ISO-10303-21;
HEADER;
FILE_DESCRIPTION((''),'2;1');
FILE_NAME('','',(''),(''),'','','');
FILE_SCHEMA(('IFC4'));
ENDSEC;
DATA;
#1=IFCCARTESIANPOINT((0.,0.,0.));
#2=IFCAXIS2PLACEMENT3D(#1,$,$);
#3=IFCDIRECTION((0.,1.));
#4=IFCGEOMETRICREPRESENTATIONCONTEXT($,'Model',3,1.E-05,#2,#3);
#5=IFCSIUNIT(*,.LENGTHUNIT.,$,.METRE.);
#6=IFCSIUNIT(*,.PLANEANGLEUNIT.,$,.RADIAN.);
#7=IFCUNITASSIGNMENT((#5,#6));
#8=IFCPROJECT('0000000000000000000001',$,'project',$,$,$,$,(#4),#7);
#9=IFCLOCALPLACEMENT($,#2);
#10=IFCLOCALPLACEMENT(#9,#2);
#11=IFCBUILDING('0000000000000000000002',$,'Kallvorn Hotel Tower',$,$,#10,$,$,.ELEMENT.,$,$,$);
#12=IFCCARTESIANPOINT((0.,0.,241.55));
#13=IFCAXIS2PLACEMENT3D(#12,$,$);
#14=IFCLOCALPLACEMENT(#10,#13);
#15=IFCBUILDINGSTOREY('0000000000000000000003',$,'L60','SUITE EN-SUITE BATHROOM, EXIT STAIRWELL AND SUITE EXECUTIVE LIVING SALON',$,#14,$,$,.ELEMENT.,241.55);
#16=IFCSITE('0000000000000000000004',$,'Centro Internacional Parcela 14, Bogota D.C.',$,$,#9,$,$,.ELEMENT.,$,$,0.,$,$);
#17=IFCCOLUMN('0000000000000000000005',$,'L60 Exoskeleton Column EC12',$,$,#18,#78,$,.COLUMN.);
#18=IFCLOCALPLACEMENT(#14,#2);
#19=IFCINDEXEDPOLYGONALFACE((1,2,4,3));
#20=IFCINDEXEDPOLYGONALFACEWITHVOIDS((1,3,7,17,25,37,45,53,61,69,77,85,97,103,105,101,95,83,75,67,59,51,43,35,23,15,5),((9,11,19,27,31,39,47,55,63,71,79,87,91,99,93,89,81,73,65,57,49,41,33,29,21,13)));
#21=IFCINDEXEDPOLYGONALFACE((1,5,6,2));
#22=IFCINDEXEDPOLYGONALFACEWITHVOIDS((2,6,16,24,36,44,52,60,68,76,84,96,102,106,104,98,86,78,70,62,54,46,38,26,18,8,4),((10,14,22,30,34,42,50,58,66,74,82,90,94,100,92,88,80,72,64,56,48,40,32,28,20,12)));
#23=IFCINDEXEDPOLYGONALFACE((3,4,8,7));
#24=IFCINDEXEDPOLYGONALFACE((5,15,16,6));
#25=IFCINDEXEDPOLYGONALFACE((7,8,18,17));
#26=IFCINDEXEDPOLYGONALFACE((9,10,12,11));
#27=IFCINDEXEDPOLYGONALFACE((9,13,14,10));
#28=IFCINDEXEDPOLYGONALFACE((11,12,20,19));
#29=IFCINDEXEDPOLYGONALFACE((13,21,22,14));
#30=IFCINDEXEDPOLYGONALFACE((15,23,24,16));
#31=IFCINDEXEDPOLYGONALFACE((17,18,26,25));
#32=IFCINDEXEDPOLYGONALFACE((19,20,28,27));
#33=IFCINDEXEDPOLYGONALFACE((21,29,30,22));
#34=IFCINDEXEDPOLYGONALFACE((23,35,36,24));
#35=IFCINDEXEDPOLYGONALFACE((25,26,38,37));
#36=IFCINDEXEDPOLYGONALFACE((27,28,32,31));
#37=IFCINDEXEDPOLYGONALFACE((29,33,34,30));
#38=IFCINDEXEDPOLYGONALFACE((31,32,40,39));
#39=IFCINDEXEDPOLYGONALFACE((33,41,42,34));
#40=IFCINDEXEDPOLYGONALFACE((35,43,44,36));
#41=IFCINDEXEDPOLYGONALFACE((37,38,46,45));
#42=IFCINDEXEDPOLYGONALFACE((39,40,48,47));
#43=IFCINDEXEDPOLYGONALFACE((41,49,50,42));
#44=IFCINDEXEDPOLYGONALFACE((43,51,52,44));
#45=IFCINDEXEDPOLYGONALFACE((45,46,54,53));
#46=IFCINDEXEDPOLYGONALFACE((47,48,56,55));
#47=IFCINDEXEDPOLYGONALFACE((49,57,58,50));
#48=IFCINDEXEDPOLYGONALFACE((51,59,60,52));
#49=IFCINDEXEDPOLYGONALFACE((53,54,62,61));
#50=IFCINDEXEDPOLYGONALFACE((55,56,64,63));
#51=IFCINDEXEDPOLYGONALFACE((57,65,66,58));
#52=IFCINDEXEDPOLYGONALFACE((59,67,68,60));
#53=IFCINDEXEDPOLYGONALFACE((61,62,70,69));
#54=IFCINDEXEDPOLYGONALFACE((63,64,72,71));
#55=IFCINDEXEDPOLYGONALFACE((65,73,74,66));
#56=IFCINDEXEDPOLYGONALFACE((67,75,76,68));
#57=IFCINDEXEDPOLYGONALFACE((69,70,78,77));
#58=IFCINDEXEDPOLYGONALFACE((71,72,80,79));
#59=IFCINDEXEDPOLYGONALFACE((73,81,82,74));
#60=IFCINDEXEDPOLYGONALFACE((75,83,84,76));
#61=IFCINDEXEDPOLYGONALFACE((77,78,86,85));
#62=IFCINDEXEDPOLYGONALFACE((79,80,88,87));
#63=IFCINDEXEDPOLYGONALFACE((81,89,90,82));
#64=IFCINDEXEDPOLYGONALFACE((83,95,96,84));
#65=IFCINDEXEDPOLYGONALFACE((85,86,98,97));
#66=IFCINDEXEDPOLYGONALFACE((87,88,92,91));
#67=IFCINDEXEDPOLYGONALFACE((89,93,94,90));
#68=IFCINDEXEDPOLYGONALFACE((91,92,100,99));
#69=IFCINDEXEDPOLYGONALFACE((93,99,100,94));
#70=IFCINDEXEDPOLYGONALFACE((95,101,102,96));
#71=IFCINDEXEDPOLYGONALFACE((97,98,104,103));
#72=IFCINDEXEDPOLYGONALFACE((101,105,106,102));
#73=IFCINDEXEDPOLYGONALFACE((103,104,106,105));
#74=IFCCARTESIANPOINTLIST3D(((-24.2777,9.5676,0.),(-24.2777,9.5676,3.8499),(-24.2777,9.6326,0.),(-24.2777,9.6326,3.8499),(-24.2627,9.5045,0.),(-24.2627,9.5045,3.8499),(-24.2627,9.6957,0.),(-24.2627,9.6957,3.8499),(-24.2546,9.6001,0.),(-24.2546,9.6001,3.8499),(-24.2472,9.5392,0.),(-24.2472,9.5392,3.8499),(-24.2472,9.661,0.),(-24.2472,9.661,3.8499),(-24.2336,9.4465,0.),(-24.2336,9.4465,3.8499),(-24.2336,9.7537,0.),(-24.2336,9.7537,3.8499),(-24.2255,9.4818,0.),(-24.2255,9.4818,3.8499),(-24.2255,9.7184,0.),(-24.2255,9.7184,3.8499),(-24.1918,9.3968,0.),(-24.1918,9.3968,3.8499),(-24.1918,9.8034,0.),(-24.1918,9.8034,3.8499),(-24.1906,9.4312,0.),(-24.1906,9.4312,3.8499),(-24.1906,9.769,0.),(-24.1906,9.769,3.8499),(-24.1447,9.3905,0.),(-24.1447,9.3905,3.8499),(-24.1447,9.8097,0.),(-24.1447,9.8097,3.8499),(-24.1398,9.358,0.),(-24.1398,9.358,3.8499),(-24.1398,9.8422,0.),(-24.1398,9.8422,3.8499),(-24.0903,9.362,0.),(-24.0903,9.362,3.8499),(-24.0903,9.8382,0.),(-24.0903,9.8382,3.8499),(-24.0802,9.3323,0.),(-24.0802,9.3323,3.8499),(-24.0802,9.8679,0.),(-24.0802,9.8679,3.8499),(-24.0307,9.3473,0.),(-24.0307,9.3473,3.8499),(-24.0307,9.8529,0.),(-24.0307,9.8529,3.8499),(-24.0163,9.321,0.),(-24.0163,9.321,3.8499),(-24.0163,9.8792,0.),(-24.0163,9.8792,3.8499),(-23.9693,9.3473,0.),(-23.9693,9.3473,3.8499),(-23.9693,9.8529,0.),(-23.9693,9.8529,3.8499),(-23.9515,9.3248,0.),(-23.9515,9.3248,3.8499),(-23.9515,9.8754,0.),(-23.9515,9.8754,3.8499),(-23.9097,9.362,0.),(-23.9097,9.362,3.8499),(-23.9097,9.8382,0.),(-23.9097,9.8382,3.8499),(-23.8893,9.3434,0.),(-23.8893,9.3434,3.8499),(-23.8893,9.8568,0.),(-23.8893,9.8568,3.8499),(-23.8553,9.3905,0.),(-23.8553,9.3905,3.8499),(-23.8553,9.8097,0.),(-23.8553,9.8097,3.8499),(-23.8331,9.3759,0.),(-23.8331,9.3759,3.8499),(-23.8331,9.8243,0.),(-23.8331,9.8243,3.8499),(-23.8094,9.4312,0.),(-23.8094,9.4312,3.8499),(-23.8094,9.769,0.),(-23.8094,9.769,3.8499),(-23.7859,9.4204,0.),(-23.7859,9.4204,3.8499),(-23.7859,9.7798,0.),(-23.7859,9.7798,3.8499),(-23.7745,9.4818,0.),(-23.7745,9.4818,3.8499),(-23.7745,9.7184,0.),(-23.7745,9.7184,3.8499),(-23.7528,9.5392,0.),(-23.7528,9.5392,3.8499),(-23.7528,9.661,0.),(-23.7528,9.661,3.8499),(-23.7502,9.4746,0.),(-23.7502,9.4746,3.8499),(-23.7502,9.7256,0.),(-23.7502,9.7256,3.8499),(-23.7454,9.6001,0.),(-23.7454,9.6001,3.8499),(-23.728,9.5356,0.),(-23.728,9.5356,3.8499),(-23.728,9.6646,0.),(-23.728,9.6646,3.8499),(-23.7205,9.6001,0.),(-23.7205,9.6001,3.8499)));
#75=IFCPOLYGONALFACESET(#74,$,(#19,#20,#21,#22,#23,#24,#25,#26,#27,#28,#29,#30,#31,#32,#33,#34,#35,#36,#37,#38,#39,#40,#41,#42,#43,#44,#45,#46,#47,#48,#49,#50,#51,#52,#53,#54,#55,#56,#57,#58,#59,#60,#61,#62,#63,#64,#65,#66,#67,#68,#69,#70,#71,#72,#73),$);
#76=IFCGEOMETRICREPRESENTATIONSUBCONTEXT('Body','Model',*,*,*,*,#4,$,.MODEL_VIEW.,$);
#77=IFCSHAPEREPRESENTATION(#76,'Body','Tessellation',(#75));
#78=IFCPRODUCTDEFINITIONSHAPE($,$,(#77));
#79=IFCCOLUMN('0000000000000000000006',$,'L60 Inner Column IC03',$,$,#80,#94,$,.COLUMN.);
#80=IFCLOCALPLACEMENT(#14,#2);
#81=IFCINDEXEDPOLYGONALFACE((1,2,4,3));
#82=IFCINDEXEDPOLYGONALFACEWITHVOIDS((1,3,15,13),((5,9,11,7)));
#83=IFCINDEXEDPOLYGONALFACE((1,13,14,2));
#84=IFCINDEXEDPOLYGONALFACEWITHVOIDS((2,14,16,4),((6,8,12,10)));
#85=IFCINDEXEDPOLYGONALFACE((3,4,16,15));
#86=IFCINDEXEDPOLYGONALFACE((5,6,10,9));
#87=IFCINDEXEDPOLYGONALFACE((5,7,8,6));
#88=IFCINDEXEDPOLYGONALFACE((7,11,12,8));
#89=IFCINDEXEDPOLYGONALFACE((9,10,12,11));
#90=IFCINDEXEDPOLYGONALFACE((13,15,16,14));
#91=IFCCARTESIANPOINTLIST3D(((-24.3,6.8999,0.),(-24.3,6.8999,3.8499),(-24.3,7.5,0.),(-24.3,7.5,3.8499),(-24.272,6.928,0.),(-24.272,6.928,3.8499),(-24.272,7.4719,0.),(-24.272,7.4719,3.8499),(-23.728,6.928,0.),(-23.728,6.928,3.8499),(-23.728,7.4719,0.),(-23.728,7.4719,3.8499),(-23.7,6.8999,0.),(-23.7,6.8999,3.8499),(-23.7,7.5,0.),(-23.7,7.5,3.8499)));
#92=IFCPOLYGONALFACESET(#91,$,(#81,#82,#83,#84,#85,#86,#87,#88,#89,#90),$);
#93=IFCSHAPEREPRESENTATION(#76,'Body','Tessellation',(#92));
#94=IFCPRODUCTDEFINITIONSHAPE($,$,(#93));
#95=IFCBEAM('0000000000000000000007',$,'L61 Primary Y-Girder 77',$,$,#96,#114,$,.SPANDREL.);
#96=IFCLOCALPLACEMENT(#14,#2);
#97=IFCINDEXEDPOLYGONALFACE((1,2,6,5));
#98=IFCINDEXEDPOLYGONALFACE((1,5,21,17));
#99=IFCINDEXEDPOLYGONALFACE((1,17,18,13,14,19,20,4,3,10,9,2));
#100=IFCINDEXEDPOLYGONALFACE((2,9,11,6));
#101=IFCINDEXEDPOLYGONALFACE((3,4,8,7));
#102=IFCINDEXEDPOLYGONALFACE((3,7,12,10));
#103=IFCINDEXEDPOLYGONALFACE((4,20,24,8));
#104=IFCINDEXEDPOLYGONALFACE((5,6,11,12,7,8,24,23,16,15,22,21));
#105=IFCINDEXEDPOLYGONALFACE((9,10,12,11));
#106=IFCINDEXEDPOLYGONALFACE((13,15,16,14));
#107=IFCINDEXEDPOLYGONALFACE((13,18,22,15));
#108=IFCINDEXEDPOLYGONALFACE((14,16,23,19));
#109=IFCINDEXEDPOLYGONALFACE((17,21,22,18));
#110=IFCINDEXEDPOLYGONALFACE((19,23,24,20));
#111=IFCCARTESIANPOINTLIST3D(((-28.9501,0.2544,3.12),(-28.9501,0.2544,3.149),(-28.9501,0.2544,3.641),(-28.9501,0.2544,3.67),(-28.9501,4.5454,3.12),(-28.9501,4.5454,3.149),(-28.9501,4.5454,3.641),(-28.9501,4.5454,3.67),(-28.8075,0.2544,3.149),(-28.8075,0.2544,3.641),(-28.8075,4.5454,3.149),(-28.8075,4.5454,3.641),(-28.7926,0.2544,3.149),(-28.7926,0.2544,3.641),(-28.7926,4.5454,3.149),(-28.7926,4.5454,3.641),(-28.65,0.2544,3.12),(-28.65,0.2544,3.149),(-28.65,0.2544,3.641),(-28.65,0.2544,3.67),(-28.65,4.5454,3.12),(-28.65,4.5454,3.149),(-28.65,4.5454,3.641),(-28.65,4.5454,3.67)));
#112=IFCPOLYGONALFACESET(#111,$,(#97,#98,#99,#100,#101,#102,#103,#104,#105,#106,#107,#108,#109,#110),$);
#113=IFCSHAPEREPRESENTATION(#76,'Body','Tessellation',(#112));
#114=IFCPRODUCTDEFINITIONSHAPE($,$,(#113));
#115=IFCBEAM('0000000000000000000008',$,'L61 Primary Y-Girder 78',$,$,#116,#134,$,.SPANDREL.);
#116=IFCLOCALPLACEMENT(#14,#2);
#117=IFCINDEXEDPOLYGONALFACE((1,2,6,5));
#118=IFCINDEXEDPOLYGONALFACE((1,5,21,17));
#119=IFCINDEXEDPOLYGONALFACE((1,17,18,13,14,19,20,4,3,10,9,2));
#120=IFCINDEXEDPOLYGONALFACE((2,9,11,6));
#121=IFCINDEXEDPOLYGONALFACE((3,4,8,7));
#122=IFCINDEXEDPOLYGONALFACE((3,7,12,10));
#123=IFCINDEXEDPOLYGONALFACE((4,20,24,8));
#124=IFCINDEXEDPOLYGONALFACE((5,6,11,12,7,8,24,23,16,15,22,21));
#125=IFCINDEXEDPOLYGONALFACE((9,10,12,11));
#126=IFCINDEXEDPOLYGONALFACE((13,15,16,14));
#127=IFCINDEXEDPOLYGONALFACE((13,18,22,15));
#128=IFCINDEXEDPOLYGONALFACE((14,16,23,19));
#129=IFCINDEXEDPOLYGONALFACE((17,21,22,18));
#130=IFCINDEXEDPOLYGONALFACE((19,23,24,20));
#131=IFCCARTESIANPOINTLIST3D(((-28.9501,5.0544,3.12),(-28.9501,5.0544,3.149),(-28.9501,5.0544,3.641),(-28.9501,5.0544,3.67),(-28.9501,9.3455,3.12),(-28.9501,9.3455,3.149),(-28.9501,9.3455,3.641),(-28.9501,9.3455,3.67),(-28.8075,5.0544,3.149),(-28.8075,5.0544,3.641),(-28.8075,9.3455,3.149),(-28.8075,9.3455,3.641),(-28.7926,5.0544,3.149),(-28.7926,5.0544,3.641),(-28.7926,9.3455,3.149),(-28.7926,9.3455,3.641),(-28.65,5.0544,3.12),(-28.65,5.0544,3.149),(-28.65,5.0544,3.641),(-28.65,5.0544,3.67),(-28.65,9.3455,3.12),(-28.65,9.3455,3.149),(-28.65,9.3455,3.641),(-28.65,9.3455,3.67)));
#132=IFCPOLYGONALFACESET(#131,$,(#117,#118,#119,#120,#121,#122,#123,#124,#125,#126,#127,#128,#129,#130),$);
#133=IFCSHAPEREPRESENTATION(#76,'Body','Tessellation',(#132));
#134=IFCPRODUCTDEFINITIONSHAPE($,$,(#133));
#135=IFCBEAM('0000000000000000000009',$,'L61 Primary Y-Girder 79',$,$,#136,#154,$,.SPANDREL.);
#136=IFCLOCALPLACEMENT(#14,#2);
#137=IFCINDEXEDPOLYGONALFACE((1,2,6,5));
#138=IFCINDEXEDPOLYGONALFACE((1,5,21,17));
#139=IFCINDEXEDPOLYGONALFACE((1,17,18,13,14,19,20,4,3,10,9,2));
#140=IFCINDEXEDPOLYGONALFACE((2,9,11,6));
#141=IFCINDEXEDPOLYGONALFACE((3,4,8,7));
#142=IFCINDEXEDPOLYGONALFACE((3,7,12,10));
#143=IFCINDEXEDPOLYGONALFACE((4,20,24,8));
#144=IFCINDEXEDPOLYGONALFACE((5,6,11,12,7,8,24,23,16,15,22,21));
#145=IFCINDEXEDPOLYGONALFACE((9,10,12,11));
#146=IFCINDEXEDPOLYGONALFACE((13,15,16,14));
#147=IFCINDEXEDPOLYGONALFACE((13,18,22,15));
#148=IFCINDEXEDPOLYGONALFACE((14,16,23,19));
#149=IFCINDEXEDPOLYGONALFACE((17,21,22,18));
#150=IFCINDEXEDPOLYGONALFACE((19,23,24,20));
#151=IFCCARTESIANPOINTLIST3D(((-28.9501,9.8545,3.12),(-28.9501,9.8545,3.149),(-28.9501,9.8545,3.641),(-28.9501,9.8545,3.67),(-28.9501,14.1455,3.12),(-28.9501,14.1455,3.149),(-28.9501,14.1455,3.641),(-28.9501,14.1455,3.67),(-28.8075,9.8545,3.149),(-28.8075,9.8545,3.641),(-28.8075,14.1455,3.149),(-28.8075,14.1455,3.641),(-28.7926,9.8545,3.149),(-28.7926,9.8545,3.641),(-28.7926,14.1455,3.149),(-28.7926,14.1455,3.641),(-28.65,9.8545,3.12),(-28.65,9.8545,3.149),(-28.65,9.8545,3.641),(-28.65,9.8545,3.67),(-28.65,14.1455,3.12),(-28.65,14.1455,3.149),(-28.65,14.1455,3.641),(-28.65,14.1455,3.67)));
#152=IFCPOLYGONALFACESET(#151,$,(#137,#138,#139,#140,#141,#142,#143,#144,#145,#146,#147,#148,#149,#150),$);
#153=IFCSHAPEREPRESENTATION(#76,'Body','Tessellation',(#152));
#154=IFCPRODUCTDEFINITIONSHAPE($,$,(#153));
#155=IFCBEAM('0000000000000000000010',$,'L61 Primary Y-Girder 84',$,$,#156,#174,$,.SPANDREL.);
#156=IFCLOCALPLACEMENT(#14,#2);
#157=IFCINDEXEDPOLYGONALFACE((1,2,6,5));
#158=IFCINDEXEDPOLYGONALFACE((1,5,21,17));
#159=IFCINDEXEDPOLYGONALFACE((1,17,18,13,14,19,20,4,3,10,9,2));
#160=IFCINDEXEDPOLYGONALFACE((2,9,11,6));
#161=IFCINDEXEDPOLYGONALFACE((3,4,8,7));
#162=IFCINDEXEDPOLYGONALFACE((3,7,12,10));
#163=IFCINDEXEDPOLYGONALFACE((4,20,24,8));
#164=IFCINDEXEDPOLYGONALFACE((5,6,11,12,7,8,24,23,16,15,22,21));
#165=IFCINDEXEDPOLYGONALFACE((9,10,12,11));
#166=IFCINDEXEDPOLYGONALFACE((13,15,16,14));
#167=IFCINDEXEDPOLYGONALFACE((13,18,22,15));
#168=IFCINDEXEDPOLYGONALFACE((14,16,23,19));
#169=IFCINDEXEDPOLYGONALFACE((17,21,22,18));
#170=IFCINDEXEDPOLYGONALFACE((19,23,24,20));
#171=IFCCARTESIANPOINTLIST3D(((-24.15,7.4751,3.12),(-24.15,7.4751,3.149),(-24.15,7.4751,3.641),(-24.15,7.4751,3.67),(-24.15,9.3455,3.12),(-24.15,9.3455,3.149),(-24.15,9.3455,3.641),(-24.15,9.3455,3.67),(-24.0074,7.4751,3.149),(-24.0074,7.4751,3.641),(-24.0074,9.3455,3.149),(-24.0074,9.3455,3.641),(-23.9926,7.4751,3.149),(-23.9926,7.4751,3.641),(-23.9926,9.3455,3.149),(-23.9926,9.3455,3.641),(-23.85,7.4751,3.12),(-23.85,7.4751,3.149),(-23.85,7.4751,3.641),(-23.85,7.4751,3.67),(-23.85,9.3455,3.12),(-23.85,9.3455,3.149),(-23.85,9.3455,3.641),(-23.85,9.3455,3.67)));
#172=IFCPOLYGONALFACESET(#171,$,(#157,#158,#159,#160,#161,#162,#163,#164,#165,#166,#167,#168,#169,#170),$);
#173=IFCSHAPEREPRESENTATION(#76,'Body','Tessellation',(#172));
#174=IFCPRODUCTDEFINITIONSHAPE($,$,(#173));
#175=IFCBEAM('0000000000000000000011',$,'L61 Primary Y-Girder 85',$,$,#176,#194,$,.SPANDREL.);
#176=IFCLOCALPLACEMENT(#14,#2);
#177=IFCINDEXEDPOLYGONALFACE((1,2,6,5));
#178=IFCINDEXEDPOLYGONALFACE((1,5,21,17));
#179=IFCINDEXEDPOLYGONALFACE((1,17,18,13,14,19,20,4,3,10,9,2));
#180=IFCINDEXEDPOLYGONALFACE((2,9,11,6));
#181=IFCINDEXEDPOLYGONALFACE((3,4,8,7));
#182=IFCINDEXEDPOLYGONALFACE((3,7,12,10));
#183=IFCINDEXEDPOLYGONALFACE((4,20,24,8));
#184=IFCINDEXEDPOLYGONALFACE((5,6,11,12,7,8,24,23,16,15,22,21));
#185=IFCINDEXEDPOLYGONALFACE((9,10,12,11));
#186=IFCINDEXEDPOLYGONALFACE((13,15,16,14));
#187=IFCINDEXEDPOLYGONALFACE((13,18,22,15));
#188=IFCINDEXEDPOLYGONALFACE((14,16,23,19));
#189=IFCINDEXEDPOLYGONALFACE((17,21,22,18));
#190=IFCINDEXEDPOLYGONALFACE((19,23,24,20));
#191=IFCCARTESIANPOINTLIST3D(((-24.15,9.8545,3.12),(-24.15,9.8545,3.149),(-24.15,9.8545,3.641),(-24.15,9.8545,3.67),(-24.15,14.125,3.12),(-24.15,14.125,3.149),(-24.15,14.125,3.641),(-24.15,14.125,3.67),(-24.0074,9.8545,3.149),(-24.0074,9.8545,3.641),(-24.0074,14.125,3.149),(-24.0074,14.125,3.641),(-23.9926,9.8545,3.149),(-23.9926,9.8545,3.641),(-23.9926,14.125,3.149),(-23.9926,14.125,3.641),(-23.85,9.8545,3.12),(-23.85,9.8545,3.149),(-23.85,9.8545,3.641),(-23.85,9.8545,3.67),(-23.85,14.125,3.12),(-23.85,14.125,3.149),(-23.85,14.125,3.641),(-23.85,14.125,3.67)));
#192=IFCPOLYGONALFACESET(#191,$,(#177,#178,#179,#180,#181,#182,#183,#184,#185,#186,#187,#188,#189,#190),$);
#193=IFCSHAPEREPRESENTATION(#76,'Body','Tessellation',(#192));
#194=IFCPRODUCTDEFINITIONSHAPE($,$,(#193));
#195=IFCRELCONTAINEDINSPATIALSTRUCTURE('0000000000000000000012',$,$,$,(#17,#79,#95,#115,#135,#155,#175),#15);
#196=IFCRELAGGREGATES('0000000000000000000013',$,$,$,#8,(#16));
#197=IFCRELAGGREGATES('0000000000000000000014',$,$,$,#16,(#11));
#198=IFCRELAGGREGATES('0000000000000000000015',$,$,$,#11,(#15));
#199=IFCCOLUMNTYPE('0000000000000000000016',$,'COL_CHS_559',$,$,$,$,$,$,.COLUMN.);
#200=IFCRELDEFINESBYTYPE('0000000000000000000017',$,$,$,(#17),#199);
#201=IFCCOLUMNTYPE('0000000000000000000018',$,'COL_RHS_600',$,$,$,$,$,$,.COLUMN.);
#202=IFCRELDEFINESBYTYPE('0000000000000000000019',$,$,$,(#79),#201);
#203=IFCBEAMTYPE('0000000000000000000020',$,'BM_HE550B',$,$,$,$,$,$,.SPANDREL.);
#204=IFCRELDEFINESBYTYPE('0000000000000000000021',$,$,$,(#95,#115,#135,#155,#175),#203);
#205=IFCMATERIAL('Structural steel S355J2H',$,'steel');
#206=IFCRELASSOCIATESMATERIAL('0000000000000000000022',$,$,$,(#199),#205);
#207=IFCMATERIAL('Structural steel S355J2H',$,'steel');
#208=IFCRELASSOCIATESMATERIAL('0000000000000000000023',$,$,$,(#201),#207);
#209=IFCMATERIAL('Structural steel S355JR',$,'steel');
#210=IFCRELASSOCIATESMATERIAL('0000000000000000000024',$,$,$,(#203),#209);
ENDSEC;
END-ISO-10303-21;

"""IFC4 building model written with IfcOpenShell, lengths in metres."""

from ifc_helpers import new_model, si_unit, direction, frame, origin, origin_2d, place, context, subcontext, project, spatial, hollow_rectangle, hollow_circle, i_section, extrude, material, material_profile, profile_set, type_object, element, save


model = new_model("IFC4")

# Units and contexts
model_context = context("Model", 3, precision=1e-05, world=origin(), true_north=direction((0.0, 1.0)))
body_context = subcontext(model_context, "Body", "Model", "MODEL_VIEW")
ifc_project = project(units=[si_unit("LENGTHUNIT", "METRE"), si_unit("PLANEANGLEUNIT", "RADIAN")], contexts=[model_context])

# Site, building, storey
site_placement = place(None, origin())
site = spatial("IfcSite", under=ifc_project, at=site_placement, Name="Centro Internacional Parcela 14, Bogota D.C.", CompositionType="ELEMENT", RefElevation=0.0)
building_placement = place(site_placement, origin())
building = spatial("IfcBuilding", under=site, at=building_placement, Name="Kallvorn Hotel Tower", CompositionType="ELEMENT")
storey_placement = place(building_placement, frame((0.0, 0.0, 241.55)))
storey = spatial("IfcBuildingStorey", under=building, at=storey_placement, Name="L60", Description="SUITE EN-SUITE BATHROOM, EXIT STAIRWELL AND SUITE EXECUTIVE LIVING SALON", CompositionType="ELEMENT", Elevation=241.55)

# Columns
ifc_material_1 = material(Name="Structural steel S355J2H", Category="steel")
ifc_material_profile_1 = material_profile(ifc_material_1, hollow_circle(Radius=0.2795, WallThickness=0.0249, at=origin_2d()), Name="CHS 559x25")
ifc_profile_set_1 = profile_set([ifc_material_profile_1], Name="Structural steel S355J2H")
column_type_1 = type_object("IfcColumnType", Name="COL_CHS_559", PredefinedType="COLUMN", material=ifc_profile_set_1)
for number, where, z_axis, x_axis, name in (
    (1, (-24.0, 9.6001, 0.0), (0.0, 0.0, 1.0), (1.0, 0.0, 0.0), "L60 Exoskeleton Column EC12"),
):
    element("IfcColumn", number, at=place(storey_placement, frame(where, z_axis=z_axis, x_axis=x_axis)), inside=storey, type_object=column_type_1, Name=name, PredefinedType="COLUMN", context=body_context, shape_type="SweptSolid", body=[
        extrude(hollow_circle(Radius=0.2795, WallThickness=0.0249, at=origin_2d()), origin(), (0.0, 0.0, 1.0), 3.8499),
    ])
ifc_material_2 = material(Name="Structural steel S355J2H", Category="steel")
ifc_material_profile_2 = material_profile(ifc_material_2, hollow_rectangle(XDim=0.6001, YDim=0.6001, WallThickness=0.0281, at=origin_2d()), Name="RHS 600x600x28")
ifc_profile_set_2 = profile_set([ifc_material_profile_2], Name="Structural steel S355J2H")
column_type_2 = type_object("IfcColumnType", Name="COL_RHS_600", PredefinedType="COLUMN", material=ifc_profile_set_2)
column_placement = place(storey_placement, frame((-24.0, 7.2, 0.0), z_axis=(0.0, 0.0, 1.0), x_axis=(1.0, 0.0, 0.0)))
element("IfcColumn", 2, at=column_placement, inside=storey, type_object=column_type_2, Name="L60 Inner Column IC03", PredefinedType="COLUMN", context=body_context, shape_type="SweptSolid", body=[
    extrude(hollow_rectangle(XDim=0.6001, YDim=0.6001, WallThickness=0.0281, at=origin_2d()), origin(), (0.0, 0.0, 1.0), 3.8499),
])

# Beams
ifc_material_3 = material(Name="Structural steel S355JR", Category="steel")
ifc_material_profile_3 = material_profile(ifc_material_3, i_section(OverallWidth=0.3, OverallDepth=0.55, WebThickness=0.0149, FlangeThickness=0.0291, at=origin_2d()), Name="HE 550 B")
ifc_profile_set_3 = profile_set([ifc_material_profile_3], Name="Structural steel S355JR")
beam_type_1 = type_object("IfcBeamType", Name="BM_HE550B", PredefinedType="SPANDREL", material=ifc_profile_set_3)
for number, where, z_axis, x_axis, name in (
    (3, (-28.8, 0.2544, 3.395), (0.0, 1.0, 0.0), (-1.0, 0.0, 0.0), "L61 Primary Y-Girder 77"),
    (4, (-28.8, 5.0544, 3.395), (0.0, 1.0, 0.0), (-1.0, 0.0, 0.0), "L61 Primary Y-Girder 78"),
    (5, (-28.8, 9.8545, 3.395), (0.0, 1.0, 0.0), (-1.0, 0.0, 0.0), "L61 Primary Y-Girder 79"),
):
    element("IfcBeam", number, at=place(storey_placement, frame(where, z_axis=z_axis, x_axis=x_axis)), inside=storey, type_object=beam_type_1, Name=name, PredefinedType="SPANDREL", context=body_context, shape_type="SweptSolid", body=[
        extrude(i_section(OverallWidth=0.3, OverallDepth=0.55, WebThickness=0.0149, FlangeThickness=0.0291, at=origin_2d()), origin(), (0.0, 0.0, 1.0), 4.291),
    ])
beam_1_placement = place(storey_placement, frame((-24.0, 7.4751, 3.395), z_axis=(0.0, 1.0, 0.0), x_axis=(-1.0, 0.0, 0.0)))
element("IfcBeam", 6, at=beam_1_placement, inside=storey, type_object=beam_type_1, Name="L61 Primary Y-Girder 84", PredefinedType="SPANDREL", context=body_context, shape_type="SweptSolid", body=[
    extrude(i_section(OverallWidth=0.3, OverallDepth=0.55, WebThickness=0.0149, FlangeThickness=0.0291, at=origin_2d()), origin(), (0.0, 0.0, 1.0), 1.8704),
])
beam_2_placement = place(storey_placement, frame((-24.0, 9.8545, 3.395), z_axis=(0.0, 1.0, 0.0), x_axis=(-1.0, 0.0, 0.0)))
element("IfcBeam", 7, at=beam_2_placement, inside=storey, type_object=beam_type_1, Name="L61 Primary Y-Girder 85", PredefinedType="SPANDREL", context=body_context, shape_type="SweptSolid", body=[
    extrude(i_section(OverallWidth=0.3, OverallDepth=0.55, WebThickness=0.0149, FlangeThickness=0.0291, at=origin_2d()), origin(), (0.0, 0.0, 1.0), 4.2705),
])

save(model, "model.ifc")
